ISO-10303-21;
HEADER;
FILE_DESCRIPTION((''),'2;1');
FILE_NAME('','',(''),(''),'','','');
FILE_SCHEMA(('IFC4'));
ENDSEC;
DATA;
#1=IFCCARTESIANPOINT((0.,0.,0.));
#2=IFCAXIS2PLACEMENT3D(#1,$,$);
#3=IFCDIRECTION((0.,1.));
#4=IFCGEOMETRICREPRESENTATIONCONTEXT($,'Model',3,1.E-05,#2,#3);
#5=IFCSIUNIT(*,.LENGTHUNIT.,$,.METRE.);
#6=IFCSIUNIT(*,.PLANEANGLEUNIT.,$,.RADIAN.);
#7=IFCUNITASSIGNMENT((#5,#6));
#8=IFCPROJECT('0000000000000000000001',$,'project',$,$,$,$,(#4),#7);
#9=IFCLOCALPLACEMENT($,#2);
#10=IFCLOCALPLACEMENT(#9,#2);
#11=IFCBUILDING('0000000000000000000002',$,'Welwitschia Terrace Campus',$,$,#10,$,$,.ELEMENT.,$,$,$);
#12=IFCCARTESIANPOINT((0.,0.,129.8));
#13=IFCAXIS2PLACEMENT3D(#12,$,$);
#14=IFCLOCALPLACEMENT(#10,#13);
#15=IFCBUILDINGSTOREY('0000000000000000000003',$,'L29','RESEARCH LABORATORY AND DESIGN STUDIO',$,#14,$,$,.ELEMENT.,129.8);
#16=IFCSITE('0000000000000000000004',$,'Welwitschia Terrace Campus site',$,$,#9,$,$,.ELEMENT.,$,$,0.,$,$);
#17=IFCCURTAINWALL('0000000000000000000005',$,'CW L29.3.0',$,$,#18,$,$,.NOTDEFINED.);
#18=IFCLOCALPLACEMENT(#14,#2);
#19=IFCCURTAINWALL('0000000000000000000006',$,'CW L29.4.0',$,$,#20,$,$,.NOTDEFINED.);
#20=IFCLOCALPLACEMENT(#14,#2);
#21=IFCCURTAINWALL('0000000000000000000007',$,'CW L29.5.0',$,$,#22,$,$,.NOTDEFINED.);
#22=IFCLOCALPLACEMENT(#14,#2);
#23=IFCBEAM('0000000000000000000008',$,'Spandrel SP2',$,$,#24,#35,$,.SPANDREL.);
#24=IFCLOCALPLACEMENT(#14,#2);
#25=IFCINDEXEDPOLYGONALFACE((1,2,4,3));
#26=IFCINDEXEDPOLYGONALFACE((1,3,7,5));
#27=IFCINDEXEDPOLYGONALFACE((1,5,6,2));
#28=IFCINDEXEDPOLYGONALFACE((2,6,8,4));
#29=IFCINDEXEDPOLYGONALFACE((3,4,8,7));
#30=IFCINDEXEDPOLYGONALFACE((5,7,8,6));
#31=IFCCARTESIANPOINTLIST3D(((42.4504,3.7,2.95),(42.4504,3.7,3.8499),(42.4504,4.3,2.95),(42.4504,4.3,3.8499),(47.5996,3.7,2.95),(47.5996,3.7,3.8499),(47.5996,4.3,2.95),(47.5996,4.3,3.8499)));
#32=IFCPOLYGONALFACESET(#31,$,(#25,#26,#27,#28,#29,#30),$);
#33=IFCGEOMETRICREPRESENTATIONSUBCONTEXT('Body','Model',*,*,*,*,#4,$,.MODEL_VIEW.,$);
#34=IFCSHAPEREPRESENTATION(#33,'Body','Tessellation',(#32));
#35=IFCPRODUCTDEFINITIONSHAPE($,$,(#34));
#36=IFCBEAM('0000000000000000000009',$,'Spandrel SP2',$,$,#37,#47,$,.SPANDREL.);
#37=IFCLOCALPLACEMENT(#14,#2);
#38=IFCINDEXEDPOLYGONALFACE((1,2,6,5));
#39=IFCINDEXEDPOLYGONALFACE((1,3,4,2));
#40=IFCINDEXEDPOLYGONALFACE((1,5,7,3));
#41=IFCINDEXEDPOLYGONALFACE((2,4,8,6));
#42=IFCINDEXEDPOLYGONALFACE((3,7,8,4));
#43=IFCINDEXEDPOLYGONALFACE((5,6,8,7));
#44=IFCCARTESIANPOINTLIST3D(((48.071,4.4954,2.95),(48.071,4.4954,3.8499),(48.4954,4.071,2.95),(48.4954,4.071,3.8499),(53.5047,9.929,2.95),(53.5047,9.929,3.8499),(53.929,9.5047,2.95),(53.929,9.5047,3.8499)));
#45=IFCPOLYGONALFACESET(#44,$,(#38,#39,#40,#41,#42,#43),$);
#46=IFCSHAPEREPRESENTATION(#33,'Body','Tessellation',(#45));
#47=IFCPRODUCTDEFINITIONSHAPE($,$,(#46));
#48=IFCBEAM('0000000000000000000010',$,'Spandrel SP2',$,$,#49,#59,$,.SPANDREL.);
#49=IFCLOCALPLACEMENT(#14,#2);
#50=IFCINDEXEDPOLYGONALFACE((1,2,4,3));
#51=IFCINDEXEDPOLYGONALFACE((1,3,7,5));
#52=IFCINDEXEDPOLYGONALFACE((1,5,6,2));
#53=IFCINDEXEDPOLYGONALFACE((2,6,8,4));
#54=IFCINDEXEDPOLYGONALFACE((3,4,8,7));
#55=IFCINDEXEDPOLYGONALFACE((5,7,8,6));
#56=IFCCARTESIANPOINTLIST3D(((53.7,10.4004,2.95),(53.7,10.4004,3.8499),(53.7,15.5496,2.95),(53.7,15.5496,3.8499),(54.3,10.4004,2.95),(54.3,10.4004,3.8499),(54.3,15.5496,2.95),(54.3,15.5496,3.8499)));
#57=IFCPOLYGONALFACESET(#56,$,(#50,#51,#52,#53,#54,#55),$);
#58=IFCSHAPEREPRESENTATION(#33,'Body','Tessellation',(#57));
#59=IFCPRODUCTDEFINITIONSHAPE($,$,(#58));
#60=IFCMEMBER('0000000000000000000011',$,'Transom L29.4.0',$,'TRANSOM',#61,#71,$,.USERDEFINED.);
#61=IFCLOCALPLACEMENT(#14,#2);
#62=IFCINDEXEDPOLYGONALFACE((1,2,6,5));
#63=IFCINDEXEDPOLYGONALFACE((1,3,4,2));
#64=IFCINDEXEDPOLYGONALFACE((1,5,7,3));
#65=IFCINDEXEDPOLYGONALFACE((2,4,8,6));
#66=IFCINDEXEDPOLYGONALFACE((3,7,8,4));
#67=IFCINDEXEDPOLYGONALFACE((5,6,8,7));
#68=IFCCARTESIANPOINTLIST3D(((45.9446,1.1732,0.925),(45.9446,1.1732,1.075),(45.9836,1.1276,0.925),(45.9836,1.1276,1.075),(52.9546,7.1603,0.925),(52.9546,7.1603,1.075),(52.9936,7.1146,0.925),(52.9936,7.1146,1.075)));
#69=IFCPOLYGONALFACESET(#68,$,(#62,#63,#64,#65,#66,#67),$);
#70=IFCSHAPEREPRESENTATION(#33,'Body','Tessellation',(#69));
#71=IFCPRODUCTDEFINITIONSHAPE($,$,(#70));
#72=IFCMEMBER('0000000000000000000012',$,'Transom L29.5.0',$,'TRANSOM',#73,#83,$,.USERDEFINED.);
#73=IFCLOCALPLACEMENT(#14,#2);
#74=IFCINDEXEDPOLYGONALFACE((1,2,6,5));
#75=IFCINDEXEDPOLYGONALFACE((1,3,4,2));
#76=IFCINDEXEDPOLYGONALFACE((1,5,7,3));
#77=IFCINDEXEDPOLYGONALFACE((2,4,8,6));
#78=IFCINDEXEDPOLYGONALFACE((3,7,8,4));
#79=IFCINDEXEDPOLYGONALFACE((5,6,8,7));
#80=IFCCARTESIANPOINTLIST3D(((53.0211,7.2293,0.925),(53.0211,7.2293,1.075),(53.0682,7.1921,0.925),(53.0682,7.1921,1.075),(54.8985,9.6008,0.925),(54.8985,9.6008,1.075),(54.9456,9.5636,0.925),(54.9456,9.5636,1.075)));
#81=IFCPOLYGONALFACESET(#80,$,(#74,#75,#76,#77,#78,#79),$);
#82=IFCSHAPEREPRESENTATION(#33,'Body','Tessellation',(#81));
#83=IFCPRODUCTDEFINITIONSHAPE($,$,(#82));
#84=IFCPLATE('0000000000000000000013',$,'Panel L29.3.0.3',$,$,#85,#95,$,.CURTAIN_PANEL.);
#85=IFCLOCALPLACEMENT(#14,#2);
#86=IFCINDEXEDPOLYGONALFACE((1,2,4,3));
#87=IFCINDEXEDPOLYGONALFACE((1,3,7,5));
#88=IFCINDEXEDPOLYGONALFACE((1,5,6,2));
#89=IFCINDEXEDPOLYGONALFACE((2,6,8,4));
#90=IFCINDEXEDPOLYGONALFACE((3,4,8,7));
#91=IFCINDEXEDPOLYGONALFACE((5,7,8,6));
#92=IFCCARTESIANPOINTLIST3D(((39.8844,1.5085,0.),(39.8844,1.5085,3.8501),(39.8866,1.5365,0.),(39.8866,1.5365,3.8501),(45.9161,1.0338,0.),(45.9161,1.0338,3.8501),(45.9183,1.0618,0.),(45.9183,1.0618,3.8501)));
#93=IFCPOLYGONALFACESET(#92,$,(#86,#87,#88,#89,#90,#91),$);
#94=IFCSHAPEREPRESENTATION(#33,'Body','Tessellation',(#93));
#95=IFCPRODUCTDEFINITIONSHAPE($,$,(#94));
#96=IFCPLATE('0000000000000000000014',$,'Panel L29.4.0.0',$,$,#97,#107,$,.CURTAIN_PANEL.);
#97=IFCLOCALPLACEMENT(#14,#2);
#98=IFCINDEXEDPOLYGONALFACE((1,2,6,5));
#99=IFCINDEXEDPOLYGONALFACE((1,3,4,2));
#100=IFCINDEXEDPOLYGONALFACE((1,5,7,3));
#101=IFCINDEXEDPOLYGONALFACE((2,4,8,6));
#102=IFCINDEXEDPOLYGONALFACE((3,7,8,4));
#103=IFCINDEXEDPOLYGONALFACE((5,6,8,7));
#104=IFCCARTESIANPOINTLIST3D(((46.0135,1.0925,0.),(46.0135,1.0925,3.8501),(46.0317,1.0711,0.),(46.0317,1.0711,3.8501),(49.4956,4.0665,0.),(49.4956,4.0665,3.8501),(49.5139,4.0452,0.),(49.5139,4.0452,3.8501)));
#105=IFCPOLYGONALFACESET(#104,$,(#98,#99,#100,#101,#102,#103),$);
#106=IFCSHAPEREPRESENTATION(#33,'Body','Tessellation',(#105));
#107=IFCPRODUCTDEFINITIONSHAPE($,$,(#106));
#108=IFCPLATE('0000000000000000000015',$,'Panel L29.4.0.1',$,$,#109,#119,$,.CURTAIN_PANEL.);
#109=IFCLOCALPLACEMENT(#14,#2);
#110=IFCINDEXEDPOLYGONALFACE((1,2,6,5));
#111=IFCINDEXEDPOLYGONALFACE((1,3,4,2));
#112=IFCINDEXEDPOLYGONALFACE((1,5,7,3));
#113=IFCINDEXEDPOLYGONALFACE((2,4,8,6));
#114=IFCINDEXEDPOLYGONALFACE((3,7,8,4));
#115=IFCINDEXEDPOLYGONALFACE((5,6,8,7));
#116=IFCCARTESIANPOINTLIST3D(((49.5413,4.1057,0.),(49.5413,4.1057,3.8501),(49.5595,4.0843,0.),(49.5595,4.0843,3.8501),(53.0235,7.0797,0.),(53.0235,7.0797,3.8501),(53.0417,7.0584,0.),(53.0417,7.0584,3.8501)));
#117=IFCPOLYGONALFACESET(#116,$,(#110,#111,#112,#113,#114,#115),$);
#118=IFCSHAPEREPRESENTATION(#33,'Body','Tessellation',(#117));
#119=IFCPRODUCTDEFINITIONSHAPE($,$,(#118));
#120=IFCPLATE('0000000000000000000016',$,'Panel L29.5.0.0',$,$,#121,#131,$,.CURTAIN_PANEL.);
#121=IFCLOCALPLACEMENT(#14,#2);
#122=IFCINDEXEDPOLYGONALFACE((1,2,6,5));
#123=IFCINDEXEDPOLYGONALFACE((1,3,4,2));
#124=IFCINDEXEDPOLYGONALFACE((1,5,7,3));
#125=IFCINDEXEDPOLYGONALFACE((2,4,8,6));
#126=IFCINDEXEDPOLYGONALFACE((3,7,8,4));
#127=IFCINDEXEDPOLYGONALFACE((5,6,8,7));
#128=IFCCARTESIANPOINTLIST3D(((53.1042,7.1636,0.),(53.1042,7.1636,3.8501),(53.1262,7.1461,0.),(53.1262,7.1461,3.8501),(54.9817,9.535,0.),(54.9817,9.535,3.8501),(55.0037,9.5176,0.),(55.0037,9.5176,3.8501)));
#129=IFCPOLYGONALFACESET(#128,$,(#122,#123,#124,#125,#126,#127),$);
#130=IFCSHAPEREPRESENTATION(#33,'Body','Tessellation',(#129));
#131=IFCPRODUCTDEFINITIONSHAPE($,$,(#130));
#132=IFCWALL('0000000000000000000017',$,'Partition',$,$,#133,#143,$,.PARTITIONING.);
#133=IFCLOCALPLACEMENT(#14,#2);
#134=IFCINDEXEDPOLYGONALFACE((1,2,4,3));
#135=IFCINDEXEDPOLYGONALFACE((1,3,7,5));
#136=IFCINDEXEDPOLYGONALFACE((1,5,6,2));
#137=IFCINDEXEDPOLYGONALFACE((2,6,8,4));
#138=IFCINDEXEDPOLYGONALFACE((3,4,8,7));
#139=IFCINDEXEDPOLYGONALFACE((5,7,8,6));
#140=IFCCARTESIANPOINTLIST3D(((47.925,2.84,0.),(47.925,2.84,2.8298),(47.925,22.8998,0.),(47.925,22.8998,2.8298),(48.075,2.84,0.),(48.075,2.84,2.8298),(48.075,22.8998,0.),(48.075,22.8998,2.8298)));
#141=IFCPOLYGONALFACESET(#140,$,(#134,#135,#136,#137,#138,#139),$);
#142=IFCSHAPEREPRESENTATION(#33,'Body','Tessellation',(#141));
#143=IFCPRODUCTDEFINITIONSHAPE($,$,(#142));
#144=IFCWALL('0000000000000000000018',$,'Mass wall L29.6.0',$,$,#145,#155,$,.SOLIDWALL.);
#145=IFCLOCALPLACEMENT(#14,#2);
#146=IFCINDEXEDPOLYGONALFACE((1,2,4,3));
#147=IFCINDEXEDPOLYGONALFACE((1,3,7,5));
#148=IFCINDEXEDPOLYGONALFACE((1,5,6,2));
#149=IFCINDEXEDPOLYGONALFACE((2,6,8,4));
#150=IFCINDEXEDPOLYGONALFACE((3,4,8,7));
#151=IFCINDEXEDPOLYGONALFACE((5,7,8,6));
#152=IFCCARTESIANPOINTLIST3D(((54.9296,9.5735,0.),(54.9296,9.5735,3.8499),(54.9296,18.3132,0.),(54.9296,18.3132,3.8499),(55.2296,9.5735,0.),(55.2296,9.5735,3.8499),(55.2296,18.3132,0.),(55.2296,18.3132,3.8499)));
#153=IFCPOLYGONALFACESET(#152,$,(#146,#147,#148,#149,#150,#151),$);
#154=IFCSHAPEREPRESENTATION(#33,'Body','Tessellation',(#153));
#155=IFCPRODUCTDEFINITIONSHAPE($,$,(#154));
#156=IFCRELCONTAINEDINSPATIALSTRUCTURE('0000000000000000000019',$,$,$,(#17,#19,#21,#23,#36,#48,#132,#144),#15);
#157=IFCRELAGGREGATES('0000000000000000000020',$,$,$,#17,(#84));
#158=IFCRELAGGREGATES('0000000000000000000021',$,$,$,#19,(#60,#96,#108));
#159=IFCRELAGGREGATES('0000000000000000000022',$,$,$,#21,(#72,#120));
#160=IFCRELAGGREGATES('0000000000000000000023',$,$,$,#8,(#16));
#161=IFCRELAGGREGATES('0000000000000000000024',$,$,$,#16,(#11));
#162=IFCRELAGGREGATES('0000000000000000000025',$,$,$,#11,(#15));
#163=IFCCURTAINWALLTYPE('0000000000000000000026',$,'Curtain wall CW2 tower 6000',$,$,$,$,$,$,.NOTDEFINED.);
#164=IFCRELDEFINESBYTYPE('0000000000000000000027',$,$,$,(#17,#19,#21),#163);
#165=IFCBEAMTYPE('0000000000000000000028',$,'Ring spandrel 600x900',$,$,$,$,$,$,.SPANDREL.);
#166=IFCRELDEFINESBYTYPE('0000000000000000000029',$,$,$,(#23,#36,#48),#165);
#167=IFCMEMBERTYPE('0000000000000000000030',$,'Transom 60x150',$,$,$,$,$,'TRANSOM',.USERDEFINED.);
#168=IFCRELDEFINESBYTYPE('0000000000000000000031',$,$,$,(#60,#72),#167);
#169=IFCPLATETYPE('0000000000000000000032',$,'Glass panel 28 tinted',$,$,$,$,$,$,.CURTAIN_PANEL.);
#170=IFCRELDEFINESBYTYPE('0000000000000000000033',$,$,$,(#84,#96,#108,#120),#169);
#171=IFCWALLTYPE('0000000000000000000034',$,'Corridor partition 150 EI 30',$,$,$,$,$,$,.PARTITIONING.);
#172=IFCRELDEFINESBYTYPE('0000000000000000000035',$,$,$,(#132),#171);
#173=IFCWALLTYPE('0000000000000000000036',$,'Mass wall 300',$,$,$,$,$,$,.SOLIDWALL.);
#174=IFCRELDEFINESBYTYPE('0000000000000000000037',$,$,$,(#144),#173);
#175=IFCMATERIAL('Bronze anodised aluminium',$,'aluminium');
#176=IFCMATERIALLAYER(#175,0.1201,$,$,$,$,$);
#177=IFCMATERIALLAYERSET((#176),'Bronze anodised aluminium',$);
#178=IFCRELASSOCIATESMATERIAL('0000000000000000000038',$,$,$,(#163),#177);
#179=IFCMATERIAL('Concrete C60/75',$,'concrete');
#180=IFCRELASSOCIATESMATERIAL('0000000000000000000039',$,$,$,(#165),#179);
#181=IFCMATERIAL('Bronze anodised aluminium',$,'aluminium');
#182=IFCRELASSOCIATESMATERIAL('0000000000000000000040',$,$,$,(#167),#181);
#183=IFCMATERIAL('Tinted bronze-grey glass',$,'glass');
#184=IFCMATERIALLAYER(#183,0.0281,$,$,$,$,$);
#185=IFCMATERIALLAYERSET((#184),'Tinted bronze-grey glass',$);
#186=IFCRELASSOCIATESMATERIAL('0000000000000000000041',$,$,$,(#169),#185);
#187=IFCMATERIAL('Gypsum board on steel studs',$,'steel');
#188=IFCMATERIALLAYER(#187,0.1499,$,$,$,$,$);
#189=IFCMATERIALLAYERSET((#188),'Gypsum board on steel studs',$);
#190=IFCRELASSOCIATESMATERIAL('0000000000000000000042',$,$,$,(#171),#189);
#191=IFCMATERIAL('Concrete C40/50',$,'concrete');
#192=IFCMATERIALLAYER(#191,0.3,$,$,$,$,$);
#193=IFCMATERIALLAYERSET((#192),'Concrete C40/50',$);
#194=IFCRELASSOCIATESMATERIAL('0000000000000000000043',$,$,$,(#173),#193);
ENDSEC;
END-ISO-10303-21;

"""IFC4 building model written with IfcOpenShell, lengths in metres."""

from ifc_helpers import new_model, si_unit, direction, frame, frame_2d, origin, origin_2d, place, context, subcontext, project, spatial, rectangle, extrude, material, layer, layer_set, material_profile, profile_set, type_object, element, aggregate, save


model = new_model("IFC4")

# Units and contexts
model_context = context("Model", 3, precision=1e-05, world=origin(), true_north=direction((0.0, 1.0)))
body_context = subcontext(model_context, "Body", "Model", "MODEL_VIEW")
ifc_project = project(units=[si_unit("LENGTHUNIT", "METRE"), si_unit("PLANEANGLEUNIT", "RADIAN")], contexts=[model_context])

# Site, building, storey
site_placement = place(None, origin())
site = spatial("IfcSite", under=ifc_project, at=site_placement, Name="Welwitschia Terrace Campus site", CompositionType="ELEMENT", RefElevation=0.0)
building_placement = place(site_placement, origin())
building = spatial("IfcBuilding", under=site, at=building_placement, Name="Welwitschia Terrace Campus", CompositionType="ELEMENT")
storey_placement = place(building_placement, frame((0.0, 0.0, 129.8)))
storey = spatial("IfcBuildingStorey", under=building, at=storey_placement, Name="L29", Description="RESEARCH LABORATORY AND DESIGN STUDIO", CompositionType="ELEMENT", Elevation=129.8)

# Curtain walls
ifc_material_1 = material(Name="Bronze anodised aluminium", Category="aluminium")
ifc_layer_1 = layer(ifc_material_1, 0.1201)
ifc_layer_set_1 = layer_set([ifc_layer_1], Name="Bronze anodised aluminium")
curtain_wall_type = type_object("IfcCurtainWallType", Name="Curtain wall CW2 tower 6000", PredefinedType="NOTDEFINED", material=ifc_layer_set_1)
curtain_wall_1_placement = place(storey_placement, origin())
curtain_wall_1 = element("IfcCurtainWall", 1, at=curtain_wall_1_placement, inside=storey, type_object=curtain_wall_type, Name="CW L29.3.0", PredefinedType="NOTDEFINED")
curtain_wall_2_placement = place(storey_placement, origin())
curtain_wall_2 = element("IfcCurtainWall", 2, at=curtain_wall_2_placement, inside=storey, type_object=curtain_wall_type, Name="CW L29.4.0", PredefinedType="NOTDEFINED")
curtain_wall_3_placement = place(storey_placement, origin())
curtain_wall_3 = element("IfcCurtainWall", 3, at=curtain_wall_3_placement, inside=storey, type_object=curtain_wall_type, Name="CW L29.5.0", PredefinedType="NOTDEFINED")

# Beams
ifc_material_2 = material(Name="Concrete C60/75", Category="concrete")
ifc_material_profile_1 = material_profile(ifc_material_2, rectangle(XDim=0.6001, YDim=0.8999, at=origin_2d()))
ifc_profile_set_1 = profile_set([ifc_material_profile_1], Name="Concrete C60/75")
beam_type = type_object("IfcBeamType", Name="Ring spandrel 600x900", PredefinedType="SPANDREL", material=ifc_profile_set_1)
beam_1_placement = place(storey_placement, frame((42.4504, 4.0, 3.3999), z_axis=(1.0, 0.0, 0.0), x_axis=(0.0, 1.0, 0.0)))
element("IfcBeam", 4, at=beam_1_placement, inside=storey, type_object=beam_type, Name="Spandrel SP2", PredefinedType="SPANDREL", context=body_context, shape_type="SweptSolid", body=[
    extrude(rectangle(XDim=0.6001, YDim=0.8999, at=origin_2d()), origin(), (0.0, 0.0, 1.0), 5.1492),
])
beam_2_placement = place(storey_placement, frame((48.2832, 4.2832, 3.3999), z_axis=(0.707107, 0.707107, 0.0), x_axis=(-0.707107, 0.707107, 0.0)))
element("IfcBeam", 5, at=beam_2_placement, inside=storey, type_object=beam_type, Name="Spandrel SP2", PredefinedType="SPANDREL", context=body_context, shape_type="SweptSolid", body=[
    extrude(rectangle(XDim=0.6001, YDim=0.8999, at=origin_2d()), origin(), (0.0, 0.0, 1.0), 7.6843),
])
beam_3_placement = place(storey_placement, frame((54.0, 10.4004, 3.3999), z_axis=(0.0, 1.0, 0.0), x_axis=(-1.0, 0.0, 0.0)))
element("IfcBeam", 6, at=beam_3_placement, inside=storey, type_object=beam_type, Name="Spandrel SP2", PredefinedType="SPANDREL", context=body_context, shape_type="SweptSolid", body=[
    extrude(rectangle(XDim=0.6001, YDim=0.8999, at=origin_2d()), origin(), (0.0, 0.0, 1.0), 5.1492),
])

# Members
ifc_material_3 = material(Name="Bronze anodised aluminium", Category="aluminium")
ifc_material_profile_2 = material_profile(ifc_material_3, rectangle(XDim=0.0601, YDim=0.1499, at=origin_2d()))
ifc_profile_set_2 = profile_set([ifc_material_profile_2], Name="Bronze anodised aluminium")
member_type_1 = type_object("IfcMemberType", Name="Transom 60x150", ElementType="TRANSOM", PredefinedType="USERDEFINED", material=ifc_profile_set_2)
member_1_placement = place(storey_placement, frame((45.9641, 1.1504, 1.0), z_axis=(0.760409, 0.649445, 0.0), x_axis=(-0.649445, 0.760409, 0.0)))
member_1 = element("IfcMember", 7, at=member_1_placement, type_object=member_type_1, Name="Transom L29.4.0", ObjectType="TRANSOM", PredefinedType="USERDEFINED", context=body_context, shape_type="SweptSolid", body=[
    extrude(rectangle(XDim=0.0601, YDim=0.1499, at=origin_2d()), origin(), (0.0, 0.0, 1.0), 9.2188),
])
member_2_placement = place(storey_placement, frame((53.0447, 7.2107, 1.0), z_axis=(0.620691, 0.784056, 0.0), x_axis=(-0.784056, 0.620691, 0.0)))
member_2 = element("IfcMember", 8, at=member_2_placement, type_object=member_type_1, Name="Transom L29.5.0", ObjectType="TRANSOM", PredefinedType="USERDEFINED", context=body_context, shape_type="SweptSolid", body=[
    extrude(rectangle(XDim=0.0601, YDim=0.1499, at=origin_2d()), origin(), (0.0, 0.0, 1.0), 3.0247),
])

# Plates
ifc_material_4 = material(Name="Tinted bronze-grey glass", Category="glass")
ifc_layer_2 = layer(ifc_material_4, 0.0281)
ifc_layer_set_2 = layer_set([ifc_layer_2], Name="Tinted bronze-grey glass")
plate_type = type_object("IfcPlateType", Name="Glass panel 28 tinted", PredefinedType="CURTAIN_PANEL", material=ifc_layer_set_2)
plate_1_placement = place(storey_placement, frame((42.9014, 1.2852, 0.0), z_axis=(0.0, 0.0, 1.0), x_axis=(0.996917, -0.078459, 0.0)))
plate_1 = element("IfcPlate", 9, at=plate_1_placement, type_object=plate_type, Name="Panel L29.3.0.3", PredefinedType="CURTAIN_PANEL", context=body_context, shape_type="SweptSolid", body=[
    extrude(rectangle(XDim=6.0503, YDim=0.0281, at=origin_2d()), origin(), (0.0, 0.0, 1.0), 3.8501),
])
aggregate(curtain_wall_1, [plate_1])
plate_2_placement = place(storey_placement, frame((47.7637, 2.5688, 0.0), z_axis=(0.0, 0.0, 1.0), x_axis=(0.760406, 0.649448, 0.0)))
plate_2 = element("IfcPlate", 10, at=plate_2_placement, type_object=plate_type, Name="Panel L29.4.0.0", PredefinedType="CURTAIN_PANEL", context=body_context, shape_type="SweptSolid", body=[
    extrude(rectangle(XDim=4.5793, YDim=0.0281, at=origin_2d()), origin(), (0.0, 0.0, 1.0), 3.8501),
])
plate_3_placement = place(storey_placement, frame((51.2915, 5.582, 0.0), z_axis=(0.0, 0.0, 1.0), x_axis=(0.760406, 0.649448, 0.0)))
plate_3 = element("IfcPlate", 11, at=plate_3_placement, type_object=plate_type, Name="Panel L29.4.0.1", PredefinedType="CURTAIN_PANEL", context=body_context, shape_type="SweptSolid", body=[
    extrude(rectangle(XDim=4.5793, YDim=0.0281, at=origin_2d()), origin(), (0.0, 0.0, 1.0), 3.8501),
])
aggregate(curtain_wall_2, [member_1, plate_2, plate_3])
plate_4_placement = place(storey_placement, frame((54.054, 8.3406, 0.0), z_axis=(0.0, 0.0, 1.0), x_axis=(0.620717, 0.784035, 0.0)))
plate_4 = element("IfcPlate", 12, at=plate_4_placement, type_object=plate_type, Name="Panel L29.5.0.0", PredefinedType="CURTAIN_PANEL", context=body_context, shape_type="SweptSolid", body=[
    extrude(rectangle(XDim=3.0247, YDim=0.0281, at=origin_2d()), origin(), (0.0, 0.0, 1.0), 3.8501),
])
aggregate(curtain_wall_3, [member_2, plate_4])

# Walls
ifc_material_5 = material(Name="Gypsum board on steel studs", Category="steel")
ifc_layer_3 = layer(ifc_material_5, 0.1499)
ifc_layer_set_3 = layer_set([ifc_layer_3], Name="Gypsum board on steel studs")
wall_type_1 = type_object("IfcWallType", Name="Corridor partition 150 EI 30", PredefinedType="PARTITIONING", material=ifc_layer_set_3)
wall_1_placement = place(storey_placement, frame((48.0, 2.8401, 0.0), z_axis=(0.0, 0.0, 1.0), x_axis=(0.0, 1.0, 0.0)))
element("IfcWall", 13, at=wall_1_placement, inside=storey, type_object=wall_type_1, Name="Partition", PredefinedType="PARTITIONING", context=body_context, shape_type="SweptSolid", body=[
    extrude(rectangle(XDim=20.0598, YDim=0.1499, at=frame_2d((10.0298, 0.0))), origin(), (0.0, 0.0, 1.0), 2.8298),
])
ifc_material_6 = material(Name="Concrete C40/50", Category="concrete")
ifc_layer_4 = layer(ifc_material_6, 0.3)
ifc_layer_set_4 = layer_set([ifc_layer_4], Name="Concrete C40/50")
wall_type_2 = type_object("IfcWallType", Name="Mass wall 300", PredefinedType="SOLIDWALL", material=ifc_layer_set_4)
wall_2_placement = place(storey_placement, frame((55.0796, 9.5735, 0.0), z_axis=(0.0, 0.0, 1.0), x_axis=(0.0, 1.0, 0.0)))
element("IfcWall", 14, at=wall_2_placement, inside=storey, type_object=wall_type_2, Name="Mass wall L29.6.0", PredefinedType="SOLIDWALL", context=body_context, shape_type="SweptSolid", body=[
    extrude(rectangle(XDim=8.7397, YDim=0.3, at=frame_2d((4.3699, 0.0))), origin(), (0.0, 0.0, 1.0), 3.8499),
])

save(model, "model.ifc")
